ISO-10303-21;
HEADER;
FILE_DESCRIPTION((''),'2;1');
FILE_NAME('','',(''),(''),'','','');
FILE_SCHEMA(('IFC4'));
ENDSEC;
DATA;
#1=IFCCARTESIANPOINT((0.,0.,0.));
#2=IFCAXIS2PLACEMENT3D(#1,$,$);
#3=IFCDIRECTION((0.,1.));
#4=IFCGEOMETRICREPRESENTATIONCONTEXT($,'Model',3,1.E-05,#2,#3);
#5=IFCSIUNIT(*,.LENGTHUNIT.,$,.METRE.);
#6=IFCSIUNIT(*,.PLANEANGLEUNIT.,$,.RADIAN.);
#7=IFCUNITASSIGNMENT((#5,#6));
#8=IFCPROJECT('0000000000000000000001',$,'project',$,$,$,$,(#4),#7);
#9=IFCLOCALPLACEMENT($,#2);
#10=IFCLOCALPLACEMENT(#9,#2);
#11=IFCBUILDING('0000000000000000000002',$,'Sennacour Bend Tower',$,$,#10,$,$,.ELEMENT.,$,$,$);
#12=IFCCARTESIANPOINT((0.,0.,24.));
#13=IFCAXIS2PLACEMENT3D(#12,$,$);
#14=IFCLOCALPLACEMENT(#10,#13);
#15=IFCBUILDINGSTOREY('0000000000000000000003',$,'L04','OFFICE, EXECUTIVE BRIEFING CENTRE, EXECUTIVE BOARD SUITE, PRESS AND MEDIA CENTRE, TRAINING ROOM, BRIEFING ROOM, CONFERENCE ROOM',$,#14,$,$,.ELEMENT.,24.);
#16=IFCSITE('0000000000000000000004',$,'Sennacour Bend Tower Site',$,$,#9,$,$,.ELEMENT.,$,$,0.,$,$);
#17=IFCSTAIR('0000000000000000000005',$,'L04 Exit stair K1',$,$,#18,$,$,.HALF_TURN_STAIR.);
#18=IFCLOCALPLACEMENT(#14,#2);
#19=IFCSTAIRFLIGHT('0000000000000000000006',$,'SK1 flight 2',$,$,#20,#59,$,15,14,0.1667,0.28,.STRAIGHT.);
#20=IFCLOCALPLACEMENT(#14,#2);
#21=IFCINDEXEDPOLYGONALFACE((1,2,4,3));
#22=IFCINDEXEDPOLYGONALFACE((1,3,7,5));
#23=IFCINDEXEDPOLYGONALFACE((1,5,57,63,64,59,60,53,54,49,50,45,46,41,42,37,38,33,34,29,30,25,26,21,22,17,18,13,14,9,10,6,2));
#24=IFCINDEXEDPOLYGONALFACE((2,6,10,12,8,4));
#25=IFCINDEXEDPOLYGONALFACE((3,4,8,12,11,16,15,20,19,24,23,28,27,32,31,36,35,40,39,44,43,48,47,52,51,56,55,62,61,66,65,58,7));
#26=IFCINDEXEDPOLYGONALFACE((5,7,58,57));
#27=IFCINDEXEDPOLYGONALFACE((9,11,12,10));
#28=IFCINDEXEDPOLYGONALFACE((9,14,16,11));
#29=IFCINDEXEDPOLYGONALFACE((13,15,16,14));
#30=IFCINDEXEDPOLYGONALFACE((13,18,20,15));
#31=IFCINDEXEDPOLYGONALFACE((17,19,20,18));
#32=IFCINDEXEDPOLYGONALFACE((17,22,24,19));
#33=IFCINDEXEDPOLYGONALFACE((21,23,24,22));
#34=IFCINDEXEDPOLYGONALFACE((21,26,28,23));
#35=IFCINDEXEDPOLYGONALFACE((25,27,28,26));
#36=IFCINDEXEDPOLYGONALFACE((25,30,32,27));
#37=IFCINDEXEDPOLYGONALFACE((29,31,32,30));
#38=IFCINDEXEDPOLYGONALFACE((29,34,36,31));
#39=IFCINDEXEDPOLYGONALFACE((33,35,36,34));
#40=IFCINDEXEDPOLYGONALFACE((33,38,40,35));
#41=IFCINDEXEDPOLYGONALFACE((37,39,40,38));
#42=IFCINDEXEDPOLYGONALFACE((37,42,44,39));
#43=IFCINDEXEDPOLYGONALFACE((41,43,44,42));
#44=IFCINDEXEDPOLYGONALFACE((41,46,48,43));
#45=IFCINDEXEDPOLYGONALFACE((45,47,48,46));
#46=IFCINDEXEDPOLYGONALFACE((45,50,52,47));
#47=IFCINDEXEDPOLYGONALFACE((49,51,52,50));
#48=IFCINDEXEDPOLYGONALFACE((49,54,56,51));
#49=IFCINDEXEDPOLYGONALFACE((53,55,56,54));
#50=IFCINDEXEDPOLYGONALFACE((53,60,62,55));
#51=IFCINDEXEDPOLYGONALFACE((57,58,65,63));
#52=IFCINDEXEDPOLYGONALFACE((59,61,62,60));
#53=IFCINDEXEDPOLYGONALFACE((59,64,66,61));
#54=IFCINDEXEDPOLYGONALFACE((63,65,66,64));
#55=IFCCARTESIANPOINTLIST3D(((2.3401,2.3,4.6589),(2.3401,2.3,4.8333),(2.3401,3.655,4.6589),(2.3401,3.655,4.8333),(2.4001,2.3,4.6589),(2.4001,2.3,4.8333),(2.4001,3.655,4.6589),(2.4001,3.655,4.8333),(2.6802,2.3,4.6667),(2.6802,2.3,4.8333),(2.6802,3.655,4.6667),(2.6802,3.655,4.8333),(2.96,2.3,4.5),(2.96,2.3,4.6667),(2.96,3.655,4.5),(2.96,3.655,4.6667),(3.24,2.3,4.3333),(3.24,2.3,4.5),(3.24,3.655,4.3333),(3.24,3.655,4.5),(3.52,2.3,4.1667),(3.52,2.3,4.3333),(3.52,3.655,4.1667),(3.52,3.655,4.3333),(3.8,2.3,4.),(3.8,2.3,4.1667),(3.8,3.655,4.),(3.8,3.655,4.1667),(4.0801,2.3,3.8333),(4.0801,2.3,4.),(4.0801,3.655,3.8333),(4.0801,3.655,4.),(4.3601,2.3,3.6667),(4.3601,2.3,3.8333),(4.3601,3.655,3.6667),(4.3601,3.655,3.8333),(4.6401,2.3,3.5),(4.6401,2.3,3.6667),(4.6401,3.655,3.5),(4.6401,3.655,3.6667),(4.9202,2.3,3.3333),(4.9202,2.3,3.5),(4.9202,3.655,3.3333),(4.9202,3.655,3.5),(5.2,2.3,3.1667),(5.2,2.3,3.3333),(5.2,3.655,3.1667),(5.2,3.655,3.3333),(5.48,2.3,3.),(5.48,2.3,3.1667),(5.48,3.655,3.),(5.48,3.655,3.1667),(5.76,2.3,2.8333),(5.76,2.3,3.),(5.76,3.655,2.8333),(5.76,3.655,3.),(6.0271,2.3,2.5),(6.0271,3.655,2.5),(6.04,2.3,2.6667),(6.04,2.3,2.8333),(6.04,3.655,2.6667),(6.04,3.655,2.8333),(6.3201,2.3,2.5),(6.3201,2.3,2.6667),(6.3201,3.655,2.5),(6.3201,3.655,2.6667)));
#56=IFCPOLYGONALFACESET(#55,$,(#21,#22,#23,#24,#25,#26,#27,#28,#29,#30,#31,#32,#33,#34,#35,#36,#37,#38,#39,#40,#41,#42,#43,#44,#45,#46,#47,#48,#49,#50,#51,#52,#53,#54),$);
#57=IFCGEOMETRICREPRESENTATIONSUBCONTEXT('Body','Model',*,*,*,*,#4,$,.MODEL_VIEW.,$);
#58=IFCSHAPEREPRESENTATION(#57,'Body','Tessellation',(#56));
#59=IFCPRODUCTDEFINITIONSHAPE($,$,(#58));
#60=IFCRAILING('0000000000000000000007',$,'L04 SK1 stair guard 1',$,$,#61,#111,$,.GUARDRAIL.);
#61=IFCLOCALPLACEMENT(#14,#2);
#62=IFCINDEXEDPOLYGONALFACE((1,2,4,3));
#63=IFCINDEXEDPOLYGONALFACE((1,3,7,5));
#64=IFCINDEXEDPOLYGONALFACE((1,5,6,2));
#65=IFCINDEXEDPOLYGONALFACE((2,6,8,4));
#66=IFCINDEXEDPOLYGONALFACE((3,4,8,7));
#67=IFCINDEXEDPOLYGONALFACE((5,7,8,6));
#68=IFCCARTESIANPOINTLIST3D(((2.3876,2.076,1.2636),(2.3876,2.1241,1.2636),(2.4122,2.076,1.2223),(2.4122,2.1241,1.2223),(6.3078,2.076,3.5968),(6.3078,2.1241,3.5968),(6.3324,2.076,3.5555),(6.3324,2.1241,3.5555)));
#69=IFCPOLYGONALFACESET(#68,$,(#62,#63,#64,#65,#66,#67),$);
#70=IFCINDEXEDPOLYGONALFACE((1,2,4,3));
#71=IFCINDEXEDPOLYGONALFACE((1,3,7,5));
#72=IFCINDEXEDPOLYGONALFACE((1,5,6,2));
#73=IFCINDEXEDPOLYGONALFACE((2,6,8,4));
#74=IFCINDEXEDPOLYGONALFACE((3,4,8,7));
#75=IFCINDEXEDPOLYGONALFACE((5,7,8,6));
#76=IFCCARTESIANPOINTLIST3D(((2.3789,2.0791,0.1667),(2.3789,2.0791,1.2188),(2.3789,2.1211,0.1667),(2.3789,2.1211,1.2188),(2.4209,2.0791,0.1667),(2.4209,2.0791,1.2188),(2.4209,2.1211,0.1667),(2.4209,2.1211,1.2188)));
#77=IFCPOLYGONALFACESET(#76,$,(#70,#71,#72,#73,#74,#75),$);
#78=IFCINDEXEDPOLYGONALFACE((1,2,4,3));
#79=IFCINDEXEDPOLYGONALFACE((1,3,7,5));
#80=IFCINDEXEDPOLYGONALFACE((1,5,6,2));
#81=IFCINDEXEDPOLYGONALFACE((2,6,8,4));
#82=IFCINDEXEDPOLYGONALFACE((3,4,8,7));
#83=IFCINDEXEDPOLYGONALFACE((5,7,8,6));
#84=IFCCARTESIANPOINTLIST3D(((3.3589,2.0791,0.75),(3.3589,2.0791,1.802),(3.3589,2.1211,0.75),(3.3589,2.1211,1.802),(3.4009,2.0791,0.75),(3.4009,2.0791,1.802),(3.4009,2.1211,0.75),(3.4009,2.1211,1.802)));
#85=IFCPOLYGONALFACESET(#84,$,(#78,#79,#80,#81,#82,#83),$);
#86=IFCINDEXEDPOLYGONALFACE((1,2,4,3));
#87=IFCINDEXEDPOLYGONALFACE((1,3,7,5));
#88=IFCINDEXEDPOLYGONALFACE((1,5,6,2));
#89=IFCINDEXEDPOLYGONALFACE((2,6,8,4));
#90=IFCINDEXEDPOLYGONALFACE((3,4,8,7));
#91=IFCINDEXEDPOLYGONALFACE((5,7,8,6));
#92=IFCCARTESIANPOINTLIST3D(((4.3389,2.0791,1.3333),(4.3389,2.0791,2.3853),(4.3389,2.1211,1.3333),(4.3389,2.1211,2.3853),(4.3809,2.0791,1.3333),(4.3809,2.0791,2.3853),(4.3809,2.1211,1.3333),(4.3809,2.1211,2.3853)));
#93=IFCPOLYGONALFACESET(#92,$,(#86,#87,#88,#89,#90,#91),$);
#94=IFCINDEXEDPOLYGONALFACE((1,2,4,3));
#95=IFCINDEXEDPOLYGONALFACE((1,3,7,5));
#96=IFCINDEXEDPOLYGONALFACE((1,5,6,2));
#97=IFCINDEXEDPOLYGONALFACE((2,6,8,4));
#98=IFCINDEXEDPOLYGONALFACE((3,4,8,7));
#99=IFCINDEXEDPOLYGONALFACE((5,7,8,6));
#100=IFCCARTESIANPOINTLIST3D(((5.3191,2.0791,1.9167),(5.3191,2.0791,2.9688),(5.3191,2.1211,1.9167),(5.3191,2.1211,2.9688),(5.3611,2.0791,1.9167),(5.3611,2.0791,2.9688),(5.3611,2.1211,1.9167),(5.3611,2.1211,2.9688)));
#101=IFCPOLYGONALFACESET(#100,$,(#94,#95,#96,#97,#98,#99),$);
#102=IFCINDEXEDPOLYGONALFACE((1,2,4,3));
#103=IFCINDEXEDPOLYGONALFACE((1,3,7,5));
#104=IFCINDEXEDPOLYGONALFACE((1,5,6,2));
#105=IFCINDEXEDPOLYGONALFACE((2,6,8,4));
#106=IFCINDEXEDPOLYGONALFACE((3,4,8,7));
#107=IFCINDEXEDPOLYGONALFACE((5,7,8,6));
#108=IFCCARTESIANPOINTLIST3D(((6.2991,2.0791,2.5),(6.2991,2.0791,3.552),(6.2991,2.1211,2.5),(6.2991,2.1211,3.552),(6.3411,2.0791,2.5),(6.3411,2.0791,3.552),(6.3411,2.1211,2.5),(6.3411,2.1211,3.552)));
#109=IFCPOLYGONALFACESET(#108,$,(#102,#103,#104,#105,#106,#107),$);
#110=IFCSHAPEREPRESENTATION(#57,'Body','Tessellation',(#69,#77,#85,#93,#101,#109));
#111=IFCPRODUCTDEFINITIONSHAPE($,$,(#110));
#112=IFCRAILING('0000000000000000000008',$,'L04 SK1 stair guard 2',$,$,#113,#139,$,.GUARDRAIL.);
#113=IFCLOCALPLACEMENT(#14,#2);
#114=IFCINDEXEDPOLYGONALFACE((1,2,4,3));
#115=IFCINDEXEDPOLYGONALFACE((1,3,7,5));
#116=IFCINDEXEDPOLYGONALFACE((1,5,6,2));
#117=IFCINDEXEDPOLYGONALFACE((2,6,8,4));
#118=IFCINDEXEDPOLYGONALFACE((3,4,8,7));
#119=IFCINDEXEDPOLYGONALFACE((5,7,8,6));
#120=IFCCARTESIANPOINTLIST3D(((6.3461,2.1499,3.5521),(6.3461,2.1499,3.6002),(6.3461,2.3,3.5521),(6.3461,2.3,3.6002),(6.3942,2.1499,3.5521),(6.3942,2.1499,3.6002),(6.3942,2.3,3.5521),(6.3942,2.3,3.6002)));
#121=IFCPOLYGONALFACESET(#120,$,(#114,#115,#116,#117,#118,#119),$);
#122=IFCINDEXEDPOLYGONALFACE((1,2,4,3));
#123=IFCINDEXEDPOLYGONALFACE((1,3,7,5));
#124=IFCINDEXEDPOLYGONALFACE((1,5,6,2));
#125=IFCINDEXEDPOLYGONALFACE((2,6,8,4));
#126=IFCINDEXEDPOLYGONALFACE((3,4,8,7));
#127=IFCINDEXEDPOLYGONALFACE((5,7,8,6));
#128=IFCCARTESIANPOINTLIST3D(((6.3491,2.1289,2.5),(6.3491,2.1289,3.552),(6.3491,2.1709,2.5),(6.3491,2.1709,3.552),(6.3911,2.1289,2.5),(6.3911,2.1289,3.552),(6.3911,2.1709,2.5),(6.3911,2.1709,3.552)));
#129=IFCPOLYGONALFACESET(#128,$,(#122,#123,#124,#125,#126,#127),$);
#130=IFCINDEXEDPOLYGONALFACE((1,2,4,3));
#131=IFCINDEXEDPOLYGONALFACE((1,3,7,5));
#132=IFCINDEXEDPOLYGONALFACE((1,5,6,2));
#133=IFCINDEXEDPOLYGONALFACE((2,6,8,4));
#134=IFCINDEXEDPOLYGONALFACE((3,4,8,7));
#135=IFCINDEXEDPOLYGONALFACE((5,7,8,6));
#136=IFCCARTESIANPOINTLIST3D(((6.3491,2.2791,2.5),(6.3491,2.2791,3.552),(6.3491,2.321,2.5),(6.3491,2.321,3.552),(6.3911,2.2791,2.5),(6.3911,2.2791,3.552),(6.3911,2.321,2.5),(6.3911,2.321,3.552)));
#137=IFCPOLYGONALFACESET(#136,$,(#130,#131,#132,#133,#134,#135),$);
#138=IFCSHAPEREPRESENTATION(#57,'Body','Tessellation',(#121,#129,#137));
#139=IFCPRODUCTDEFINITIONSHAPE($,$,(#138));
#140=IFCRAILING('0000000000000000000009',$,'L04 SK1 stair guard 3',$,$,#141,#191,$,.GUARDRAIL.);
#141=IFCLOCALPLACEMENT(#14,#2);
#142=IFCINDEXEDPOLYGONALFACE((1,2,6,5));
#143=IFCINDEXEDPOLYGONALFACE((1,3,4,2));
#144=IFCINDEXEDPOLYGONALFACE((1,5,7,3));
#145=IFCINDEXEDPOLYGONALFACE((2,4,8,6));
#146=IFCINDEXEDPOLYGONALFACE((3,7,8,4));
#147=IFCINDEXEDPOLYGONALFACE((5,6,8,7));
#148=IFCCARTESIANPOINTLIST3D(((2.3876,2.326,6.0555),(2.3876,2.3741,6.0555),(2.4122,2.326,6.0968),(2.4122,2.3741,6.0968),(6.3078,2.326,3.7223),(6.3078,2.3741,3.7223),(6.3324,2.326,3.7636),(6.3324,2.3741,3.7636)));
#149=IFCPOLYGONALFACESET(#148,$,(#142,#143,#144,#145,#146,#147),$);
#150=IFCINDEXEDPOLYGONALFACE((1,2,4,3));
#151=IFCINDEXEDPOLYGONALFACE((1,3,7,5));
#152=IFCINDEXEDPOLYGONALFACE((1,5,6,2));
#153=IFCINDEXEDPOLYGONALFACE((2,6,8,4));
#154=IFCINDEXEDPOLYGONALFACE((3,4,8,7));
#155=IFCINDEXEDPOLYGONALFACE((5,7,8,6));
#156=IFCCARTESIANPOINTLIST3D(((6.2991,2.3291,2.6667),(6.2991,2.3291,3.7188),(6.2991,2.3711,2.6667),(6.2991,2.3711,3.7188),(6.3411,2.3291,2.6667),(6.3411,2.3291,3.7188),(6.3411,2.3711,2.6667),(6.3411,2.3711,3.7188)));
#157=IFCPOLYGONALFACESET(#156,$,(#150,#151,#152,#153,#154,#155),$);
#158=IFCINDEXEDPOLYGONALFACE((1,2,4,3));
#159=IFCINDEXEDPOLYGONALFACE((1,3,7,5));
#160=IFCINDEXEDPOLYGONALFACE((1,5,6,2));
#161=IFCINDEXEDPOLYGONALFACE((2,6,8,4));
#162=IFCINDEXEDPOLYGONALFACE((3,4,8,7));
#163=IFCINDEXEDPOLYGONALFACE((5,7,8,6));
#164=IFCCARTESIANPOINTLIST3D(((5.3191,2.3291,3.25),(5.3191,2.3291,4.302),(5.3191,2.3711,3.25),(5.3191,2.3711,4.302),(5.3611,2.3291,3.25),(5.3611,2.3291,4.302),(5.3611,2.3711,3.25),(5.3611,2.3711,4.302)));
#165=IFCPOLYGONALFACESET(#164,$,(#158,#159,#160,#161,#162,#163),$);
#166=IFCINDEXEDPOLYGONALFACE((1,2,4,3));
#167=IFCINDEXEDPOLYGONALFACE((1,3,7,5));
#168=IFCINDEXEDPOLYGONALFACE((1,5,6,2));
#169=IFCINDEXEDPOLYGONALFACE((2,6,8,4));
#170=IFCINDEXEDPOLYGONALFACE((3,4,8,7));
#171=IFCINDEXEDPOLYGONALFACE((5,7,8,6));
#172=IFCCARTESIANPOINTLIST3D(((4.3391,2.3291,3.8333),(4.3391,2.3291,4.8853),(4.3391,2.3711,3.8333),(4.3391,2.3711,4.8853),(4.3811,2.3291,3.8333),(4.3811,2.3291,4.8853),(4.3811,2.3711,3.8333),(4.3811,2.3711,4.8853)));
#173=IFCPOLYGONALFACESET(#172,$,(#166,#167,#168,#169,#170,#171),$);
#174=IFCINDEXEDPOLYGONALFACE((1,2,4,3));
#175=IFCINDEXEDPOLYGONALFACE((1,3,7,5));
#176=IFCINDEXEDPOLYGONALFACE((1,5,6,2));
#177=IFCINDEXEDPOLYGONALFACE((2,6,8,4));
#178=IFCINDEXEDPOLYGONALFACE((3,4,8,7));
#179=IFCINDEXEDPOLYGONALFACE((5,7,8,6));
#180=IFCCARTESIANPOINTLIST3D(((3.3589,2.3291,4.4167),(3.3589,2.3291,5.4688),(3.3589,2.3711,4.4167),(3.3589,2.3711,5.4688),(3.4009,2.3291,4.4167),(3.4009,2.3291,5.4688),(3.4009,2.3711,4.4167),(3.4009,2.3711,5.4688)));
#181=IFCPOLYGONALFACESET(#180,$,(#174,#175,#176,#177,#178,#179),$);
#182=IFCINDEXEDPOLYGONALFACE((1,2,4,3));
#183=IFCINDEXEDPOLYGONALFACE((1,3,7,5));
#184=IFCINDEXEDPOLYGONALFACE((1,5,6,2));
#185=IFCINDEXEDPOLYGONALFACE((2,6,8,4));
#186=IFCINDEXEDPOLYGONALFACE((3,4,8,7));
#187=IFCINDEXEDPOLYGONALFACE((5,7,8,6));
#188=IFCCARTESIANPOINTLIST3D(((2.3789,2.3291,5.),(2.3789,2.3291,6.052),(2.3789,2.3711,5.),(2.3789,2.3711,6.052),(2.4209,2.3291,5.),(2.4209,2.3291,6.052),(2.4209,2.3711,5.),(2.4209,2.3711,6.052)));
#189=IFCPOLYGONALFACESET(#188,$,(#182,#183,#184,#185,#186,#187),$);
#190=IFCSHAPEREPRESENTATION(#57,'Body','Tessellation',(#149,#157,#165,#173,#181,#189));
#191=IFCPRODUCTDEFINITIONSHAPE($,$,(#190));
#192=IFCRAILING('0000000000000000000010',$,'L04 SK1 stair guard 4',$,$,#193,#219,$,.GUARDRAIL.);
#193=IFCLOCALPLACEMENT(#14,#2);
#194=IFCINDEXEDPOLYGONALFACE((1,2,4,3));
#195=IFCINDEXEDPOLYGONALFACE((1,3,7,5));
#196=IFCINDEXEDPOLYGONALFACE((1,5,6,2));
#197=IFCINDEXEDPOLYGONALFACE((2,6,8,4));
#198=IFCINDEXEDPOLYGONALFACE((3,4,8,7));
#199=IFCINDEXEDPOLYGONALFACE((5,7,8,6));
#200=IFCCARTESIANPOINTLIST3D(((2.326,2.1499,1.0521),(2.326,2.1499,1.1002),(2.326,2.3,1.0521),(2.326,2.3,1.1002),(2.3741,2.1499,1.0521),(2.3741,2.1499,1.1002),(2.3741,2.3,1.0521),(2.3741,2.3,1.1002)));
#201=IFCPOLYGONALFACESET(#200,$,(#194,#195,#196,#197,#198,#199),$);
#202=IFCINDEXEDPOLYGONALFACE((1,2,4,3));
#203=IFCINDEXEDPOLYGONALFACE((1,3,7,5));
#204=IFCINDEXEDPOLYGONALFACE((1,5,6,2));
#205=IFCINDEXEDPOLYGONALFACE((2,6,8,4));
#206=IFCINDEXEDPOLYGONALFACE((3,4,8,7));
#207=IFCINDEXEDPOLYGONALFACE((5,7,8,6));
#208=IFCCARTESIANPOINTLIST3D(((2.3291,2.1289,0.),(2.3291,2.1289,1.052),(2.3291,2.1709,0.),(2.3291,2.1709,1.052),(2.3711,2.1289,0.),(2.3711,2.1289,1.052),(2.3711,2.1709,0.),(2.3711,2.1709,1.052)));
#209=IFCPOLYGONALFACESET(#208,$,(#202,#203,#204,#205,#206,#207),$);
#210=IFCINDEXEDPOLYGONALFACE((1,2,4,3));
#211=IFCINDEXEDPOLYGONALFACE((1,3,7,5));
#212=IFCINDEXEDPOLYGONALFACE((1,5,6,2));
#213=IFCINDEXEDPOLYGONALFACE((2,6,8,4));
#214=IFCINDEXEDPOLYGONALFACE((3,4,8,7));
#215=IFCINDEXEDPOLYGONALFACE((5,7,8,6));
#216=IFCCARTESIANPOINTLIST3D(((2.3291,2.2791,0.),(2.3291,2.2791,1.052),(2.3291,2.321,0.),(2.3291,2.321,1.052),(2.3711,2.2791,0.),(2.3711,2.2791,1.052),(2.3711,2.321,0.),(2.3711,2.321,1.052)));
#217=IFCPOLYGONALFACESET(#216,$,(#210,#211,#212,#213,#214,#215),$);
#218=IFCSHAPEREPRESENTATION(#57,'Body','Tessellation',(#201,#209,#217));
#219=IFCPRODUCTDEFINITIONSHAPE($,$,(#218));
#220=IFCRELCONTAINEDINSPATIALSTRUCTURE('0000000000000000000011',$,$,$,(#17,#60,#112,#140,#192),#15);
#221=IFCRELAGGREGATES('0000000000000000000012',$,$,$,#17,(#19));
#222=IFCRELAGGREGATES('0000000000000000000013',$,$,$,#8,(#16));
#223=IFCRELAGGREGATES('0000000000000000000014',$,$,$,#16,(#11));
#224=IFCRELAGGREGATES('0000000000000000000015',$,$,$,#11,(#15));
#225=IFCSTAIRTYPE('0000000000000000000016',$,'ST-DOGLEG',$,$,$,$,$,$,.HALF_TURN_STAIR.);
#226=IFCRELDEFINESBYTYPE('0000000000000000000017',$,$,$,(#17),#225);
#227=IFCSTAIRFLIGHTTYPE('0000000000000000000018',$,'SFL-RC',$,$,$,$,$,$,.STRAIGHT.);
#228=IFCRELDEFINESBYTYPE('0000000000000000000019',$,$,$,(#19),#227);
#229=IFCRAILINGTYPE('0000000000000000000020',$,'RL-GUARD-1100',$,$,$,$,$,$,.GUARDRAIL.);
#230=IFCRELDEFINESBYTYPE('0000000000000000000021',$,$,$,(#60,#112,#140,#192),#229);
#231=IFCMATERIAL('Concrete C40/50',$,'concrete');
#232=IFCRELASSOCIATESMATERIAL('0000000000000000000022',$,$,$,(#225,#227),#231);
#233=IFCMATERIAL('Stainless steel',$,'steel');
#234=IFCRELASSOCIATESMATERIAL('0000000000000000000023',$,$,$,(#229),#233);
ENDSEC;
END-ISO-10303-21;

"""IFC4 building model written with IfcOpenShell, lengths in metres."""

from ifc_helpers import new_model, si_unit, direction, frame, origin, origin_2d, place, context, subcontext, project, spatial, polyline, rectangle, outline, extrude, material, type_object, element, aggregate, save


model = new_model("IFC4")

# Units and contexts
model_context = context("Model", 3, precision=1e-05, world=origin(), true_north=direction((0.0, 1.0)))
body_context = subcontext(model_context, "Body", "Model", "MODEL_VIEW")
ifc_project = project(units=[si_unit("LENGTHUNIT", "METRE"), si_unit("PLANEANGLEUNIT", "RADIAN")], contexts=[model_context])

# Site, building, storey
site_placement = place(None, origin())
site = spatial("IfcSite", under=ifc_project, at=site_placement, Name="Sennacour Bend Tower Site", CompositionType="ELEMENT", RefElevation=0.0)
building_placement = place(site_placement, origin())
building = spatial("IfcBuilding", under=site, at=building_placement, Name="Sennacour Bend Tower", CompositionType="ELEMENT")
storey_placement = place(building_placement, frame((0.0, 0.0, 24.0)))
storey = spatial("IfcBuildingStorey", under=building, at=storey_placement, Name="L04", Description="OFFICE, EXECUTIVE BRIEFING CENTRE, EXECUTIVE BOARD SUITE, PRESS AND MEDIA CENTRE, TRAINING ROOM, BRIEFING ROOM, CONFERENCE ROOM", CompositionType="ELEMENT", Elevation=24.0)

# Stair, stair flight
ifc_material_1 = material(Name="Concrete C40/50", Category="concrete")
stair_type = type_object("IfcStairType", Name="ST-DOGLEG", PredefinedType="HALF_TURN_STAIR", material=ifc_material_1)
stair_placement = place(storey_placement, origin())
stair = element("IfcStair", 1, at=stair_placement, inside=storey, type_object=stair_type, Name="L04 Exit stair K1", PredefinedType="HALF_TURN_STAIR")
stair_flight_type = type_object("IfcStairFlightType", Name="SFL-RC", PredefinedType="STRAIGHT", material=ifc_material_1)
stair_flight_1_placement = place(storey_placement, frame((6.3201, 2.9775, 2.5), z_axis=(0.0, 0.0, 1.0), x_axis=(-1.0, 0.0, 0.0)))
stair_flight_1 = element("IfcStairFlight", 2, at=stair_flight_1_placement, type_object=stair_flight_type, Name="SK1 flight 2", NumberOfRisers=15, NumberOfTreads=14, PredefinedType="STRAIGHT", RiserHeight=0.1667, TreadLength=0.28, context=body_context, shape_type="SweptSolid", body=[
    extrude(outline(polyline([(0.0, 0.0), (0.0, 0.1667), (0.28, 0.1667), (0.28, 0.3333), (0.5601, 0.3333), (0.5601, 0.5), (0.8401, 0.5), (0.8401, 0.6667), (1.1201, 0.6667), (1.1201, 0.8333), (1.3999, 0.8333), (1.3999, 1.0), (1.6799, 1.0), (1.6799, 1.1667), (1.96, 1.1667), (1.96, 1.3333), (2.24, 1.3333), (2.24, 1.5), (2.52, 1.5), (2.52, 1.6667), (2.8, 1.6667), (2.8, 1.8333), (3.0801, 1.8333), (3.0801, 2.0), (3.3601, 2.0), (3.3601, 2.1667), (3.6399, 2.1667), (3.6399, 2.3333), (3.9199, 2.3333), (3.98, 2.3333), (3.98, 2.1589), (3.9199, 2.1589), (0.293, 0.0), (0.0, 0.0)])), frame((0.0, 0.6775, 0.0), z_axis=(0.0, -1.0, 0.0), x_axis=(1.0, 0.0, 0.0)), (0.0, 0.0, 1.0), 1.355),
])
aggregate(stair, [stair_flight_1])

# Railings
ifc_material_2 = material(Name="Stainless steel", Category="steel")
railing_type_1 = type_object("IfcRailingType", Name="RL-GUARD-1100", PredefinedType="GUARDRAIL", material=ifc_material_2)
railing_1_placement = place(storey_placement, frame((2.3999, 2.1001, 0.1667)))
element("IfcRailing", 3, at=railing_1_placement, inside=storey, type_object=railing_type_1, Name="L04 SK1 stair guard 1", PredefinedType="GUARDRAIL", context=body_context, shape_type="SweptSolid", body=[
    extrude(rectangle(XDim=0.0481, YDim=0.0481, at=origin_2d()), frame((0.0, 0.0, 1.0762), z_axis=(0.85931, 0.0, 0.511455), x_axis=(0.0, 1.0, 0.0)), (0.0, 0.0, 1.0), 4.562),
    extrude(rectangle(XDim=0.042, YDim=0.042, at=origin_2d()), origin(), (0.0, 0.0, 1.0), 1.052),
    extrude(rectangle(XDim=0.042, YDim=0.042, at=origin_2d()), frame((0.98, 0.0, 0.5833)), (0.0, 0.0, 1.0), 1.052),
    extrude(rectangle(XDim=0.042, YDim=0.042, at=origin_2d()), frame((1.96, 0.0, 1.1665)), (0.0, 0.0, 1.0), 1.052),
    extrude(rectangle(XDim=0.042, YDim=0.042, at=origin_2d()), frame((2.9402, 0.0, 1.75)), (0.0, 0.0, 1.0), 1.052),
    extrude(rectangle(XDim=0.042, YDim=0.042, at=origin_2d()), frame((3.9202, 0.0, 2.3333)), (0.0, 0.0, 1.0), 1.052),
])
railing_2_placement = place(storey_placement, frame((6.3701, 2.1499, 2.5)))
element("IfcRailing", 4, at=railing_2_placement, inside=storey, type_object=railing_type_1, Name="L04 SK1 stair guard 2", PredefinedType="GUARDRAIL", context=body_context, shape_type="SweptSolid", body=[
    extrude(rectangle(XDim=0.0481, YDim=0.0481, at=origin_2d()), frame((0.0, 0.0, 1.0762), z_axis=(0.0, 1.0, 0.0), x_axis=(-1.0, 0.0, 0.0)), (0.0, 0.0, 1.0), 0.1501),
    extrude(rectangle(XDim=0.042, YDim=0.042, at=origin_2d()), origin(), (0.0, 0.0, 1.0), 1.052),
    extrude(rectangle(XDim=0.042, YDim=0.042, at=origin_2d()), frame((0.0, 0.1501, 0.0)), (0.0, 0.0, 1.0), 1.052),
])
railing_3_placement = place(storey_placement, frame((6.3201, 2.3501, 2.6667)))
element("IfcRailing", 5, at=railing_3_placement, inside=storey, type_object=railing_type_1, Name="L04 SK1 stair guard 3", PredefinedType="GUARDRAIL", context=body_context, shape_type="SweptSolid", body=[
    extrude(rectangle(XDim=0.0481, YDim=0.0481, at=origin_2d()), frame((0.0, 0.0, 1.0762), z_axis=(-0.85931, 0.0, 0.511455), x_axis=(0.0, -1.0, 0.0)), (0.0, 0.0, 1.0), 4.562),
    extrude(rectangle(XDim=0.042, YDim=0.042, at=origin_2d()), origin(), (0.0, 0.0, 1.0), 1.052),
    extrude(rectangle(XDim=0.042, YDim=0.042, at=origin_2d()), frame((-0.98, 0.0, 0.5833)), (0.0, 0.0, 1.0), 1.052),
    extrude(rectangle(XDim=0.042, YDim=0.042, at=origin_2d()), frame((-1.96, 0.0, 1.1665)), (0.0, 0.0, 1.0), 1.052),
    extrude(rectangle(XDim=0.042, YDim=0.042, at=origin_2d()), frame((-2.9402, 0.0, 1.75)), (0.0, 0.0, 1.0), 1.052),
    extrude(rectangle(XDim=0.042, YDim=0.042, at=origin_2d()), frame((-3.9202, 0.0, 2.3333)), (0.0, 0.0, 1.0), 1.052),
])
railing_4_placement = place(storey_placement, frame((2.3501, 2.1499, 0.0)))
element("IfcRailing", 6, at=railing_4_placement, inside=storey, type_object=railing_type_1, Name="L04 SK1 stair guard 4", PredefinedType="GUARDRAIL", context=body_context, shape_type="SweptSolid", body=[
    extrude(rectangle(XDim=0.0481, YDim=0.0481, at=origin_2d()), frame((0.0, 0.0, 1.0762), z_axis=(0.0, 1.0, 0.0), x_axis=(-1.0, 0.0, 0.0)), (0.0, 0.0, 1.0), 0.1501),
    extrude(rectangle(XDim=0.042, YDim=0.042, at=origin_2d()), origin(), (0.0, 0.0, 1.0), 1.052),
    extrude(rectangle(XDim=0.042, YDim=0.042, at=origin_2d()), frame((0.0, 0.1501, 0.0)), (0.0, 0.0, 1.0), 1.052),
])

save(model, "model.ifc")
